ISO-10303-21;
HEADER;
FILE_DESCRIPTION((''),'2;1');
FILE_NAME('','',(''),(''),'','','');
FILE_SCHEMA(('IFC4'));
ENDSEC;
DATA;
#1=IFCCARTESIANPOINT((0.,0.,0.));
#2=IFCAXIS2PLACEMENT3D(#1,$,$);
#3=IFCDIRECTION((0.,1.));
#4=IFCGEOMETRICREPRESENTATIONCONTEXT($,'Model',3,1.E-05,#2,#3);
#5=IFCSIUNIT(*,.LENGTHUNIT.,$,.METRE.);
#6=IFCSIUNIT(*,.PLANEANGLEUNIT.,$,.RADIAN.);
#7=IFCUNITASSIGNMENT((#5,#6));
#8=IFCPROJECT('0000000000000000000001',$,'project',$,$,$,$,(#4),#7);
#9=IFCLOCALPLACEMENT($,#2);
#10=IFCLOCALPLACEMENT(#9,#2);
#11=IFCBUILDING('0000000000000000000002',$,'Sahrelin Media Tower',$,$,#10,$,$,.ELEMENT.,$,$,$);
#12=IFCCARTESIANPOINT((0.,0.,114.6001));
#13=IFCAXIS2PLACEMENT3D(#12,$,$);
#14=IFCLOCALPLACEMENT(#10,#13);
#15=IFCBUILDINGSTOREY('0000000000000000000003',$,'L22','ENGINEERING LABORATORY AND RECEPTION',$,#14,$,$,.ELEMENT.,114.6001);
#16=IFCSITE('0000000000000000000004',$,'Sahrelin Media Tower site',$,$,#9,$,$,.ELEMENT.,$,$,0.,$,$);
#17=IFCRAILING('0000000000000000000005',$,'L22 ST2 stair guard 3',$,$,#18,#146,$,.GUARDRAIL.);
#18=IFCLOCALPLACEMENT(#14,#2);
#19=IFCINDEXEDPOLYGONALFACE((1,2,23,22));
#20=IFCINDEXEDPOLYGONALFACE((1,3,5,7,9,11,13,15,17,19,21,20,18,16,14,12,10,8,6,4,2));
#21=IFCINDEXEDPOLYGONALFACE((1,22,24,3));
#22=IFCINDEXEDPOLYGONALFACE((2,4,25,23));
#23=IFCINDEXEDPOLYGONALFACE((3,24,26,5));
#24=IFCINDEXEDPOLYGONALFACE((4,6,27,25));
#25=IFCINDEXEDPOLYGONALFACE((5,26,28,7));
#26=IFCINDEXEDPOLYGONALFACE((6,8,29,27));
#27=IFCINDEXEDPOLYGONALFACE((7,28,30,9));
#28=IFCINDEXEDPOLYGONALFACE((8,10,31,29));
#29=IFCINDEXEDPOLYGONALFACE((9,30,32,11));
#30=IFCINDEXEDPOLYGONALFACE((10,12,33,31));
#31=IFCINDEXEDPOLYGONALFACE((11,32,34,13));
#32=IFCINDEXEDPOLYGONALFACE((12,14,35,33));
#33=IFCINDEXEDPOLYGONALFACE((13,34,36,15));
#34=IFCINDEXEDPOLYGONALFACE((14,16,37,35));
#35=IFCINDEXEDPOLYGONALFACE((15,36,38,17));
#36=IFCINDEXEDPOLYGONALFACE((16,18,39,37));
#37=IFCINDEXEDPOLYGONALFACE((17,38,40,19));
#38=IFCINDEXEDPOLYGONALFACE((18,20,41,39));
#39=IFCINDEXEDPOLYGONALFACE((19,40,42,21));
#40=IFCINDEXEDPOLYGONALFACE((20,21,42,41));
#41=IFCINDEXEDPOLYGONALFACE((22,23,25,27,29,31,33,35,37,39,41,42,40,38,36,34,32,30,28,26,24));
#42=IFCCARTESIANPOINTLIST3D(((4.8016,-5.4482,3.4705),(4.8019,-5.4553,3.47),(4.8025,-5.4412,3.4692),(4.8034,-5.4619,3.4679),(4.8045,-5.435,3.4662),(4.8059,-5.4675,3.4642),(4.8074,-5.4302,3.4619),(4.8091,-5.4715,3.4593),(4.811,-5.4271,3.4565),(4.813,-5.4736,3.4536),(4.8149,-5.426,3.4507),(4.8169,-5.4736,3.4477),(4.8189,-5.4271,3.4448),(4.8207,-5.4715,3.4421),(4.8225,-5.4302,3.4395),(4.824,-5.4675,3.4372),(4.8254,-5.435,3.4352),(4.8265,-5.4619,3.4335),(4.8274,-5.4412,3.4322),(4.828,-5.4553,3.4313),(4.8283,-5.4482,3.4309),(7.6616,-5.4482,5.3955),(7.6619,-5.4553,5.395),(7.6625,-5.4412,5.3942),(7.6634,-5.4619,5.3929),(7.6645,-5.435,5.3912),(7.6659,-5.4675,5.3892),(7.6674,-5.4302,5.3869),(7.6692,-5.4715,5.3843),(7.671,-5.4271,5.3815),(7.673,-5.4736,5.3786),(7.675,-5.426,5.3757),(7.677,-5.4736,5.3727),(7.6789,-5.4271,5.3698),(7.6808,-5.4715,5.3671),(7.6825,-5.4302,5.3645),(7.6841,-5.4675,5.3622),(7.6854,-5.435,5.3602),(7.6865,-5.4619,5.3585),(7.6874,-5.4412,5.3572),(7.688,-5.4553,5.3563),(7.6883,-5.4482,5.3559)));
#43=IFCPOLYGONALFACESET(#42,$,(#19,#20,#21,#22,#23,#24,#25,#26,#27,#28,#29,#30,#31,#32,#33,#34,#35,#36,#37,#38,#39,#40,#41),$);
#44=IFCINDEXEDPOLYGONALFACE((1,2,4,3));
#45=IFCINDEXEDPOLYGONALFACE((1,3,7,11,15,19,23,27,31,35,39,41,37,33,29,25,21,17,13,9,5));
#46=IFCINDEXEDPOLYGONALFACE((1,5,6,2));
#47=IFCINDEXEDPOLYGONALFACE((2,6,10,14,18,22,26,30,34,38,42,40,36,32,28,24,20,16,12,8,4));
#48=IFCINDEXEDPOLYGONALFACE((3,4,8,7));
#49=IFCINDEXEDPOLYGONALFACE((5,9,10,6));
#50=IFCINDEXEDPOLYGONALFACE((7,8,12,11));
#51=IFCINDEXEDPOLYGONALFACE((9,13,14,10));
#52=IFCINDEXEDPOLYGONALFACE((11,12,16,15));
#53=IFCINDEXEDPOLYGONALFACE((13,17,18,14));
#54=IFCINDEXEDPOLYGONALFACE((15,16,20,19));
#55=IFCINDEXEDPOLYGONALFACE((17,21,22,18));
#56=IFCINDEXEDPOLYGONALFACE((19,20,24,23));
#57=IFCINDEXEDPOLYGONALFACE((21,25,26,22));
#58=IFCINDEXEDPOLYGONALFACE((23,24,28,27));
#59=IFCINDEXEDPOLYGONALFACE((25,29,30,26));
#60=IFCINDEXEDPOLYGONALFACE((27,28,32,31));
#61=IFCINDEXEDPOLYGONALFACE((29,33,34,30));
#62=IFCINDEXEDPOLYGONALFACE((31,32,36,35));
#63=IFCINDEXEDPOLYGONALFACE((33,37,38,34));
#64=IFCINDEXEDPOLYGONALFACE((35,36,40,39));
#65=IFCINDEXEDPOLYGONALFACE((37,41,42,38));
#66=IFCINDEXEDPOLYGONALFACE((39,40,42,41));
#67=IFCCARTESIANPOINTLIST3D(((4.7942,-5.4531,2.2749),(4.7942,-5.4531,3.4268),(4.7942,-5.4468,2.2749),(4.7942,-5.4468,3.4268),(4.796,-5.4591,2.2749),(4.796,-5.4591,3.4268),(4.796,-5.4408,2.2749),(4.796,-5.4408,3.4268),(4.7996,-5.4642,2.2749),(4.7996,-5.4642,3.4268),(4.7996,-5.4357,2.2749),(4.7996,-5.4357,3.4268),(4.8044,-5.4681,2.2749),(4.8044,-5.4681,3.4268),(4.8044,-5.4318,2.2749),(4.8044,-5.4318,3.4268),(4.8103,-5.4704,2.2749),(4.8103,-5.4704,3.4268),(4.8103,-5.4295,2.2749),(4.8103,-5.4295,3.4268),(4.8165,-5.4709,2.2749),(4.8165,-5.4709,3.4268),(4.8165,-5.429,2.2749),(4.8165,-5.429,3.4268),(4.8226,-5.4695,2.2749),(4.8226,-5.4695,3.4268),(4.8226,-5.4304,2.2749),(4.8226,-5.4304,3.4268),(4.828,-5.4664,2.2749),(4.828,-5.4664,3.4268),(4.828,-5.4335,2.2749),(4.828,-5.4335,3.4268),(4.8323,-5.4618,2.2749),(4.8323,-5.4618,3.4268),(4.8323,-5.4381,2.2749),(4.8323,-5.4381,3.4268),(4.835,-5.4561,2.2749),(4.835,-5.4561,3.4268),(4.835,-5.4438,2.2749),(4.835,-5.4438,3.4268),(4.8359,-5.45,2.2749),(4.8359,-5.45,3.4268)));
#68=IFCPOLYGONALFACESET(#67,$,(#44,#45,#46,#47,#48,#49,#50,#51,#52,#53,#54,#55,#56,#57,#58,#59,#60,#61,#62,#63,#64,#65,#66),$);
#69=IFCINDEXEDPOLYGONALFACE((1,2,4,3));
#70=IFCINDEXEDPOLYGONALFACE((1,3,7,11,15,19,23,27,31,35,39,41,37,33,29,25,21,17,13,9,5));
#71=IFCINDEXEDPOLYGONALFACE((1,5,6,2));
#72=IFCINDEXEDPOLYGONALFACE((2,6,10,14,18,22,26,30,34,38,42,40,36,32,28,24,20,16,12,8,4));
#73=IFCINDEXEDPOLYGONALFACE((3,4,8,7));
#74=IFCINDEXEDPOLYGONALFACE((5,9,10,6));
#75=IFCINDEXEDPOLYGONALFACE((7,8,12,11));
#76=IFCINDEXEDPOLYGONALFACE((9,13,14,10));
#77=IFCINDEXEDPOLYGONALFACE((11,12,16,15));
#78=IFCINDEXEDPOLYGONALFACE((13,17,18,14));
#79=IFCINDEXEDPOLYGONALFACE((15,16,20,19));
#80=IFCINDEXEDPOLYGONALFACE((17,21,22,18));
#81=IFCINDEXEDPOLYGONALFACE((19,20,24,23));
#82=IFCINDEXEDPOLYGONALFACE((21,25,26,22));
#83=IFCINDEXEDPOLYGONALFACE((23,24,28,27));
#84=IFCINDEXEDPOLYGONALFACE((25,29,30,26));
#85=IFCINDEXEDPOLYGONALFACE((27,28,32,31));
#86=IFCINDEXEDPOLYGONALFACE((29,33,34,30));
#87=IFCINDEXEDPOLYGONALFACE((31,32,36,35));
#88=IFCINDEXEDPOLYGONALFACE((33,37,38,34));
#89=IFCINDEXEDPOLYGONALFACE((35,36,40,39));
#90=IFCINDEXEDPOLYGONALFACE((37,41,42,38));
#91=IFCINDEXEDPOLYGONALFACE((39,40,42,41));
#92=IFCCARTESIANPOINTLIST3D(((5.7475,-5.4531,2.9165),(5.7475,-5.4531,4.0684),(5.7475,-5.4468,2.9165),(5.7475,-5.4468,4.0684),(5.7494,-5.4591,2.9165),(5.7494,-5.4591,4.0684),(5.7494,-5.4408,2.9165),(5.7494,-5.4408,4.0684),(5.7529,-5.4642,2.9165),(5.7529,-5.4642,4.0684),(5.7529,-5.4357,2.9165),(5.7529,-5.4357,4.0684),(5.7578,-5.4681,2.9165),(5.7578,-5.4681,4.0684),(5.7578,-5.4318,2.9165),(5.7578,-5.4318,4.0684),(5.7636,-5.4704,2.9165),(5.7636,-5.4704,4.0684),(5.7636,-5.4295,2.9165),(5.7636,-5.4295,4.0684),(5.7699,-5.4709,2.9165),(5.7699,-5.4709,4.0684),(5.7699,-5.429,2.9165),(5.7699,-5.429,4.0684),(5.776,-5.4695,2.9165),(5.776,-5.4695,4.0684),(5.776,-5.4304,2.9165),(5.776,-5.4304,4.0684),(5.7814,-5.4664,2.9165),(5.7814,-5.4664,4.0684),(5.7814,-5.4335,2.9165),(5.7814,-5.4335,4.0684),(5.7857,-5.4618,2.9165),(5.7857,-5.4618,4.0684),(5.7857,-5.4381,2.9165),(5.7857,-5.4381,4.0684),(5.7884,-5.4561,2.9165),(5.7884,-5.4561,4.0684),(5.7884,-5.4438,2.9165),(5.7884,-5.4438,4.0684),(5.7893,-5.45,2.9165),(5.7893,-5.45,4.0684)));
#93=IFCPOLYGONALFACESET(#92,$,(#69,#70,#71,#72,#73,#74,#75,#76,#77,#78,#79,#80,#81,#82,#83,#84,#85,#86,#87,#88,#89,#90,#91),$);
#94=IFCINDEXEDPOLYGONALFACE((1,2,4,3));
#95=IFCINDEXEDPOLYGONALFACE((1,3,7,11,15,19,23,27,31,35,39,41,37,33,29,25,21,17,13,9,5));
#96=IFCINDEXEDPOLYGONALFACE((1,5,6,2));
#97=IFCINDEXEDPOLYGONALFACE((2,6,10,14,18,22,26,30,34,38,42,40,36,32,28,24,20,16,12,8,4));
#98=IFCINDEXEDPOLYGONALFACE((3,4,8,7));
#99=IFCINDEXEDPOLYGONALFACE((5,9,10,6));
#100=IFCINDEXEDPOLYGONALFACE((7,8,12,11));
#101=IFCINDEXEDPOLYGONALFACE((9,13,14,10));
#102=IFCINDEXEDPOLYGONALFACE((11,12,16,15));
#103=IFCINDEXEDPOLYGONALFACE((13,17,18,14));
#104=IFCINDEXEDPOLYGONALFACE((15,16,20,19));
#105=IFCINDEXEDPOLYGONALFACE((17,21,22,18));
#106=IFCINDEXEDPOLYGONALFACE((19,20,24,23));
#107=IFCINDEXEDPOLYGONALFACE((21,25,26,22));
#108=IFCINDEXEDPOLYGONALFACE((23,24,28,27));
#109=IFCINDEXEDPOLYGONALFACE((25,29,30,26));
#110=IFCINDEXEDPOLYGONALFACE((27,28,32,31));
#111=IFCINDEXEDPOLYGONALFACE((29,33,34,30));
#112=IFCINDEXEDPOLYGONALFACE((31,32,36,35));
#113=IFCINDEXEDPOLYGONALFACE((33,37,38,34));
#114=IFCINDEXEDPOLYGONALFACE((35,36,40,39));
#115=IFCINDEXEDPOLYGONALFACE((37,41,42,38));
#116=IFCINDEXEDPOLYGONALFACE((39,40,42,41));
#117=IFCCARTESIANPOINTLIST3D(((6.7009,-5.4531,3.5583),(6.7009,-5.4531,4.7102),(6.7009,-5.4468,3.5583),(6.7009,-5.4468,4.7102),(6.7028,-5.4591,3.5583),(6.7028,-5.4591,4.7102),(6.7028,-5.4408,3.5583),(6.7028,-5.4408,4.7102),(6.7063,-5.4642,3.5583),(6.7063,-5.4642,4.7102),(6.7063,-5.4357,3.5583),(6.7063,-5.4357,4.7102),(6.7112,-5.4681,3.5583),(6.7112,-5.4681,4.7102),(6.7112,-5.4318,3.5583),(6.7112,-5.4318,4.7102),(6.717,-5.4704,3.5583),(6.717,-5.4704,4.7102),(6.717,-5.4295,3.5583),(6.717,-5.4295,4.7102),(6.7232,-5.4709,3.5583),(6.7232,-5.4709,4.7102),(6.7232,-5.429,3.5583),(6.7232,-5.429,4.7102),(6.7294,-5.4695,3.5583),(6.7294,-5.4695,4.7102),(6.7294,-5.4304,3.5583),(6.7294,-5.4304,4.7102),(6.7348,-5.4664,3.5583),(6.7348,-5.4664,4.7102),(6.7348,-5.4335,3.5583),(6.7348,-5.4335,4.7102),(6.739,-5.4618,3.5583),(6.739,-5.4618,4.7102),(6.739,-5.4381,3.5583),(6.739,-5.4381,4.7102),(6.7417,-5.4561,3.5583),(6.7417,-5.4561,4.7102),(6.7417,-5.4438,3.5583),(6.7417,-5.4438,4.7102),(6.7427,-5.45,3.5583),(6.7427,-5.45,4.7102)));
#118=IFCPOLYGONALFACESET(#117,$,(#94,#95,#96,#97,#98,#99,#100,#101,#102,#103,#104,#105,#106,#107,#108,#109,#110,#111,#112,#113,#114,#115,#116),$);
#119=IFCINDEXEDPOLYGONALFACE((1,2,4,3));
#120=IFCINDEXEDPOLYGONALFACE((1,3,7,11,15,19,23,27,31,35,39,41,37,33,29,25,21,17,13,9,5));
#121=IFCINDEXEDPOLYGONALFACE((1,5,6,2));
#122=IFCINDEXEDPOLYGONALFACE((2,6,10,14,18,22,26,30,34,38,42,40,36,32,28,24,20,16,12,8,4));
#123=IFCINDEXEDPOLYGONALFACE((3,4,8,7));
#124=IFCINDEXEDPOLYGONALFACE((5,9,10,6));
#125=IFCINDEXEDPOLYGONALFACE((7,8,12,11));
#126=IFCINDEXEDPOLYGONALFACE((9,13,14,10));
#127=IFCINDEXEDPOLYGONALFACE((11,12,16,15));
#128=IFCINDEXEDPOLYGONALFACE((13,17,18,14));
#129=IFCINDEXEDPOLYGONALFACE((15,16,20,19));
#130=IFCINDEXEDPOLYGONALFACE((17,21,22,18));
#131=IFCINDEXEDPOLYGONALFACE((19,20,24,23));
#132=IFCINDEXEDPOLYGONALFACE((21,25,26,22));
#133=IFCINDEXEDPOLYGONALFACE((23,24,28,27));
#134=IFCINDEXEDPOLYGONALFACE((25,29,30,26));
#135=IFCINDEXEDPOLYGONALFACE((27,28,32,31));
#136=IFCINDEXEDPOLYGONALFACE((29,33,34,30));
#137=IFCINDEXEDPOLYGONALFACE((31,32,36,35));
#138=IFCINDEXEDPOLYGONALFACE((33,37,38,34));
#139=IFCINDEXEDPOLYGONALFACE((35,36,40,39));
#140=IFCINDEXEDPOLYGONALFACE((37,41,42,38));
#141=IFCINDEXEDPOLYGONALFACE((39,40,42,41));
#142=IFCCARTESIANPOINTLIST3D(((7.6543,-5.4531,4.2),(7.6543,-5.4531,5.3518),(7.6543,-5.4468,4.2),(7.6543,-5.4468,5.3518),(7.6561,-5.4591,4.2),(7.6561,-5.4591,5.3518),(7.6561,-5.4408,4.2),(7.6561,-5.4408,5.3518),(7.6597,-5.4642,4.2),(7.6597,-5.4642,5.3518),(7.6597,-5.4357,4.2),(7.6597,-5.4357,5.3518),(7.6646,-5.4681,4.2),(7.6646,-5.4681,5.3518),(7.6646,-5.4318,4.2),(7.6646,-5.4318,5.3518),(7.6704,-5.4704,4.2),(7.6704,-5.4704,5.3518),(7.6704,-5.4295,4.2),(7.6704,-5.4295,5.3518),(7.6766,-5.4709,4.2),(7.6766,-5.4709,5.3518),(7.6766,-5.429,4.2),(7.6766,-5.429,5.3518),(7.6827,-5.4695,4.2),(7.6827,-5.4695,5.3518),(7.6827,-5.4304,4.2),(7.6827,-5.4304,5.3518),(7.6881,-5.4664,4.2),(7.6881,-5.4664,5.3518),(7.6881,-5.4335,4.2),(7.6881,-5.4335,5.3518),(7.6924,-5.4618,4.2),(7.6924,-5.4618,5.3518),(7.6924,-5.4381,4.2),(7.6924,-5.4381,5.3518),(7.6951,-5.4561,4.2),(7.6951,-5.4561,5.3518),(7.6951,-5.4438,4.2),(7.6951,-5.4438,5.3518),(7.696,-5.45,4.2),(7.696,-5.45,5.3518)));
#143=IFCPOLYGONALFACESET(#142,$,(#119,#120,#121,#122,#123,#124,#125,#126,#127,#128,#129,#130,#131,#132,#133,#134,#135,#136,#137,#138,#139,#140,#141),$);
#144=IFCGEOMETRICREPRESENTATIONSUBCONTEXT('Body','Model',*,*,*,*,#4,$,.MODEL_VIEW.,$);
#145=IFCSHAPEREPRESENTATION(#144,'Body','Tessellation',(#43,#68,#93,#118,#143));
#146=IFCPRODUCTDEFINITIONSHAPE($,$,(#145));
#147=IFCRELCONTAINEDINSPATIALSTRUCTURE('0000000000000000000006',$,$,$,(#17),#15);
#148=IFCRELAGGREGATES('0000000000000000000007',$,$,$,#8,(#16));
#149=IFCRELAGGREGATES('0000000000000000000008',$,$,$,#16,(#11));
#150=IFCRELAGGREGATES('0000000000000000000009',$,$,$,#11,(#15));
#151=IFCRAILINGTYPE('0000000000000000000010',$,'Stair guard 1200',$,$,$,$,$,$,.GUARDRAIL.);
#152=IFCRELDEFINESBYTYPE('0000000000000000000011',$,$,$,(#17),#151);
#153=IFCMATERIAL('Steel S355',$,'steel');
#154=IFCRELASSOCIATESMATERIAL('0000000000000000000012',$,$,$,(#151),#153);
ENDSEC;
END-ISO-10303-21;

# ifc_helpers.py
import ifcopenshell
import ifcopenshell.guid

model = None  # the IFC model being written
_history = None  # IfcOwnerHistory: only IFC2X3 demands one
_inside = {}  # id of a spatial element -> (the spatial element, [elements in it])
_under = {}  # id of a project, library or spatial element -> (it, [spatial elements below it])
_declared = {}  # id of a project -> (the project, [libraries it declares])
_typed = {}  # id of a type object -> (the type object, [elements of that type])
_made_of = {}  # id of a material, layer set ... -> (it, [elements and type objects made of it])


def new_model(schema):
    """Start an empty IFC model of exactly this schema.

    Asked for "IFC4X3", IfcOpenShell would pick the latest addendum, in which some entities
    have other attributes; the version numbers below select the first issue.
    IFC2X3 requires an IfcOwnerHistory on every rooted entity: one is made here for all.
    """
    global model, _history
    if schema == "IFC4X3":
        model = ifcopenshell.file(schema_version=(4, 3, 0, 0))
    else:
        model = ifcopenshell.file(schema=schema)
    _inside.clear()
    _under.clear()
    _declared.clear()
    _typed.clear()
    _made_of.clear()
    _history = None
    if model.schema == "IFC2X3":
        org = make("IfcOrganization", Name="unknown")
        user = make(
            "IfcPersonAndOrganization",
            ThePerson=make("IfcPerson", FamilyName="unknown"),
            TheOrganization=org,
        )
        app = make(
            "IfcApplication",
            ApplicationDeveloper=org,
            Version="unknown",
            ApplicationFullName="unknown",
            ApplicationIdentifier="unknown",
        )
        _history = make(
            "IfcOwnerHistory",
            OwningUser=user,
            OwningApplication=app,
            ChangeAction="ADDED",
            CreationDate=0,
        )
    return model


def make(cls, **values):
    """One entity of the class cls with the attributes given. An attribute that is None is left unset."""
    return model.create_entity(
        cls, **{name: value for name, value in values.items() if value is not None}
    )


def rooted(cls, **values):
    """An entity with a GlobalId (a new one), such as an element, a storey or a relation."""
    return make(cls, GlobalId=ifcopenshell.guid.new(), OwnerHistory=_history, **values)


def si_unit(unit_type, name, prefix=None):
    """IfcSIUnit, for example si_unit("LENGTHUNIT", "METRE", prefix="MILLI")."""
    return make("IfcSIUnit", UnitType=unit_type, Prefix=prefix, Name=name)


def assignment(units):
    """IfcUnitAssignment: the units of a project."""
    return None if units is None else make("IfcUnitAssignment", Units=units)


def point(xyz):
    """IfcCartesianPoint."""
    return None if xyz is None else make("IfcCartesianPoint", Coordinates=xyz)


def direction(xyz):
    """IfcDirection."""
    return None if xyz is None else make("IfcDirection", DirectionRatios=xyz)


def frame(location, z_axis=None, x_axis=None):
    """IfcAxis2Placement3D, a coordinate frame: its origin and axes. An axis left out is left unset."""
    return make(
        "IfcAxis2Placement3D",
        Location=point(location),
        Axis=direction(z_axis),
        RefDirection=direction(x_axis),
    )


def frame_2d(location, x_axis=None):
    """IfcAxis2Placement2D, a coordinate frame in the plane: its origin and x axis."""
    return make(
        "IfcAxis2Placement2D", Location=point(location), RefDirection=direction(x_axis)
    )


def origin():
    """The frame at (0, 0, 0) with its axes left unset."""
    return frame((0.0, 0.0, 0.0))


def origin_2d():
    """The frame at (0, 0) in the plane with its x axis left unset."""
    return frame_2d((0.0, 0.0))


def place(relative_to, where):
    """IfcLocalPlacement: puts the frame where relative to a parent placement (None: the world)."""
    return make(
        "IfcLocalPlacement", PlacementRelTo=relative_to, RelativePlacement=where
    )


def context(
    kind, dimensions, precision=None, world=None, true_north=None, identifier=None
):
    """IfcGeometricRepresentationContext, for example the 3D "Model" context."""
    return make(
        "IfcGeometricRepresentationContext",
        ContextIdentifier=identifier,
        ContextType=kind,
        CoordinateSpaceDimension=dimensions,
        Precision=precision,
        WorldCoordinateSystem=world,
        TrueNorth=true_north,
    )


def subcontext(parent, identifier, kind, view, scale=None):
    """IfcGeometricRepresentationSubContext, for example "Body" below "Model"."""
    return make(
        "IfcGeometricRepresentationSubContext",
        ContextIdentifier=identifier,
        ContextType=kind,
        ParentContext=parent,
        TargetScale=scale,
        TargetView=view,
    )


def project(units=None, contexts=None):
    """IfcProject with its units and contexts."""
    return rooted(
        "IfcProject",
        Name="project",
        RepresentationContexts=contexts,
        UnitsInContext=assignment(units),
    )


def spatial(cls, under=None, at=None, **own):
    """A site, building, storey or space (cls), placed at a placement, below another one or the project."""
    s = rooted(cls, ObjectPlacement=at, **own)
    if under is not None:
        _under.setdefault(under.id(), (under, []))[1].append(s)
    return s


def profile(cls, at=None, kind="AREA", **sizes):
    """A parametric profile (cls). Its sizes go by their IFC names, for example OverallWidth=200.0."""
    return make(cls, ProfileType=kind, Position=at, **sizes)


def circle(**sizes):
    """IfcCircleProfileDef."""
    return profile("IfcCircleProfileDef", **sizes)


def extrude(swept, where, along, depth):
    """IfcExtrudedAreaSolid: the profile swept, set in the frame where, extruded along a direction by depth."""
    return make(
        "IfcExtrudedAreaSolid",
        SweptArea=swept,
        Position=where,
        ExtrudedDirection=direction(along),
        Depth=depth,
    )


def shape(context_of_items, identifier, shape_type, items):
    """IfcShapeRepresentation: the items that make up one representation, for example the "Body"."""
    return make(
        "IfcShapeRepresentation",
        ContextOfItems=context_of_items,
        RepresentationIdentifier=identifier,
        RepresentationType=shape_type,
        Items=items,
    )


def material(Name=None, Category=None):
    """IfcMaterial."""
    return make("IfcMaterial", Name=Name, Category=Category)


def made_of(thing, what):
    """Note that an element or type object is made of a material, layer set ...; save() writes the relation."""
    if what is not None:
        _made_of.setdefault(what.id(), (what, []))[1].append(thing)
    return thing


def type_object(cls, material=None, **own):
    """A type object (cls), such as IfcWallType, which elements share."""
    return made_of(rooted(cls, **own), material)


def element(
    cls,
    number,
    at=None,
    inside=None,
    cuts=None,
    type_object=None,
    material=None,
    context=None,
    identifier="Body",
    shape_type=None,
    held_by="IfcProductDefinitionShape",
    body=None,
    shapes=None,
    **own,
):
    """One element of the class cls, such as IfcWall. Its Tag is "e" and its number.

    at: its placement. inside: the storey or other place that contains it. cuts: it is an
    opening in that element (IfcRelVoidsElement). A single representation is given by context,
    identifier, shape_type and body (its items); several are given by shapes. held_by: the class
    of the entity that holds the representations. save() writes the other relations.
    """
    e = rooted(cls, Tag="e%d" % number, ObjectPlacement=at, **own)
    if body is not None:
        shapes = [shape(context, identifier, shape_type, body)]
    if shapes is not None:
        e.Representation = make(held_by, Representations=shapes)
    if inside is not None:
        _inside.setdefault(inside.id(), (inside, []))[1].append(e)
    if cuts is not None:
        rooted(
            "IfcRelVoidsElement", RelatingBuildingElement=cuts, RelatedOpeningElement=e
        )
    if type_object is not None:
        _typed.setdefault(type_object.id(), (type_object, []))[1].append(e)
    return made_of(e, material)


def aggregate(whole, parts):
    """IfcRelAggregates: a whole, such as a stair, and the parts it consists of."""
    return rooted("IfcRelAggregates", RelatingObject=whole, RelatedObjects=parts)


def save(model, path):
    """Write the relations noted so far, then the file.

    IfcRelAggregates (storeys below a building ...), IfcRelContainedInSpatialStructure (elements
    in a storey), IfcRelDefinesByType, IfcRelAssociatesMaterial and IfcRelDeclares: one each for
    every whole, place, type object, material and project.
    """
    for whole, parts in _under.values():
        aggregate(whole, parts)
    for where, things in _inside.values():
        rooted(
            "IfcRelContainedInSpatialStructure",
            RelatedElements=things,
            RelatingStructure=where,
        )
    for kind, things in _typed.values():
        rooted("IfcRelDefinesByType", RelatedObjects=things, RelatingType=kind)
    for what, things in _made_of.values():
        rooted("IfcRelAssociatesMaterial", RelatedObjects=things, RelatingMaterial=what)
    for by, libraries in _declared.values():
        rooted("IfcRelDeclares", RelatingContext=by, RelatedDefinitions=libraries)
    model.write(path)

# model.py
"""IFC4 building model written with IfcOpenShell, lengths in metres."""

from ifc_helpers import new_model, si_unit, direction, frame, origin, origin_2d, place, context, subcontext, project, spatial, circle, extrude, material, type_object, element, save


model = new_model("IFC4")

# Units and contexts
model_context = context("Model", 3, precision=1e-05, world=origin(), true_north=direction((0.0, 1.0)))
body_context = subcontext(model_context, "Body", "Model", "MODEL_VIEW")
ifc_project = project(units=[si_unit("LENGTHUNIT", "METRE"), si_unit("PLANEANGLEUNIT", "RADIAN")], contexts=[model_context])

# Site, building, storey
site_placement = place(None, origin())
site = spatial("IfcSite", under=ifc_project, at=site_placement, Name="Sahrelin Media Tower site", CompositionType="ELEMENT", RefElevation=0.0)
building_placement = place(site_placement, origin())
building = spatial("IfcBuilding", under=site, at=building_placement, Name="Sahrelin Media Tower", CompositionType="ELEMENT")
storey_placement = place(building_placement, frame((0.0, 0.0, 114.6001)))
storey = spatial("IfcBuildingStorey", under=building, at=storey_placement, Name="L22", Description="ENGINEERING LABORATORY AND RECEPTION", CompositionType="ELEMENT", Elevation=114.6001)

# Shared definitions
ifc_material_1 = material(Name="Steel S355", Category="steel")

# Railing
railing_type_1 = type_object("IfcRailingType", Name="Stair guard 1200", PredefinedType="GUARDRAIL", material=ifc_material_1)
railing_1_placement = place(storey_placement, frame((4.8149, -5.45, 2.2749)))
element("IfcRailing", 1, at=railing_1_placement, inside=storey, type_object=railing_type_1, Name="L22 ST2 stair guard 3", PredefinedType="GUARDRAIL", context=body_context, shape_type="SweptSolid", body=[
    extrude(circle(Radius=0.0239, at=origin_2d()), frame((0.0, 0.0, 1.1758), z_axis=(0.829591, 0.0, 0.558372), x_axis=(0.0, 1.0, 0.0)), (0.0, 0.0, 1.0), 3.4475),
    extrude(circle(Radius=0.021, at=origin_2d()), origin(), (0.0, 0.0, 1.0), 1.1519),
    extrude(circle(Radius=0.021, at=origin_2d()), frame((0.9534, 0.0, 0.6416)), (0.0, 0.0, 1.0), 1.1519),
    extrude(circle(Radius=0.021, at=origin_2d()), frame((1.9067, 0.0, 1.2834)), (0.0, 0.0, 1.0), 1.1519),
    extrude(circle(Radius=0.021, at=origin_2d()), frame((2.8601, 0.0, 1.925)), (0.0, 0.0, 1.0), 1.1519),
])

save(model, "model.ifc")
